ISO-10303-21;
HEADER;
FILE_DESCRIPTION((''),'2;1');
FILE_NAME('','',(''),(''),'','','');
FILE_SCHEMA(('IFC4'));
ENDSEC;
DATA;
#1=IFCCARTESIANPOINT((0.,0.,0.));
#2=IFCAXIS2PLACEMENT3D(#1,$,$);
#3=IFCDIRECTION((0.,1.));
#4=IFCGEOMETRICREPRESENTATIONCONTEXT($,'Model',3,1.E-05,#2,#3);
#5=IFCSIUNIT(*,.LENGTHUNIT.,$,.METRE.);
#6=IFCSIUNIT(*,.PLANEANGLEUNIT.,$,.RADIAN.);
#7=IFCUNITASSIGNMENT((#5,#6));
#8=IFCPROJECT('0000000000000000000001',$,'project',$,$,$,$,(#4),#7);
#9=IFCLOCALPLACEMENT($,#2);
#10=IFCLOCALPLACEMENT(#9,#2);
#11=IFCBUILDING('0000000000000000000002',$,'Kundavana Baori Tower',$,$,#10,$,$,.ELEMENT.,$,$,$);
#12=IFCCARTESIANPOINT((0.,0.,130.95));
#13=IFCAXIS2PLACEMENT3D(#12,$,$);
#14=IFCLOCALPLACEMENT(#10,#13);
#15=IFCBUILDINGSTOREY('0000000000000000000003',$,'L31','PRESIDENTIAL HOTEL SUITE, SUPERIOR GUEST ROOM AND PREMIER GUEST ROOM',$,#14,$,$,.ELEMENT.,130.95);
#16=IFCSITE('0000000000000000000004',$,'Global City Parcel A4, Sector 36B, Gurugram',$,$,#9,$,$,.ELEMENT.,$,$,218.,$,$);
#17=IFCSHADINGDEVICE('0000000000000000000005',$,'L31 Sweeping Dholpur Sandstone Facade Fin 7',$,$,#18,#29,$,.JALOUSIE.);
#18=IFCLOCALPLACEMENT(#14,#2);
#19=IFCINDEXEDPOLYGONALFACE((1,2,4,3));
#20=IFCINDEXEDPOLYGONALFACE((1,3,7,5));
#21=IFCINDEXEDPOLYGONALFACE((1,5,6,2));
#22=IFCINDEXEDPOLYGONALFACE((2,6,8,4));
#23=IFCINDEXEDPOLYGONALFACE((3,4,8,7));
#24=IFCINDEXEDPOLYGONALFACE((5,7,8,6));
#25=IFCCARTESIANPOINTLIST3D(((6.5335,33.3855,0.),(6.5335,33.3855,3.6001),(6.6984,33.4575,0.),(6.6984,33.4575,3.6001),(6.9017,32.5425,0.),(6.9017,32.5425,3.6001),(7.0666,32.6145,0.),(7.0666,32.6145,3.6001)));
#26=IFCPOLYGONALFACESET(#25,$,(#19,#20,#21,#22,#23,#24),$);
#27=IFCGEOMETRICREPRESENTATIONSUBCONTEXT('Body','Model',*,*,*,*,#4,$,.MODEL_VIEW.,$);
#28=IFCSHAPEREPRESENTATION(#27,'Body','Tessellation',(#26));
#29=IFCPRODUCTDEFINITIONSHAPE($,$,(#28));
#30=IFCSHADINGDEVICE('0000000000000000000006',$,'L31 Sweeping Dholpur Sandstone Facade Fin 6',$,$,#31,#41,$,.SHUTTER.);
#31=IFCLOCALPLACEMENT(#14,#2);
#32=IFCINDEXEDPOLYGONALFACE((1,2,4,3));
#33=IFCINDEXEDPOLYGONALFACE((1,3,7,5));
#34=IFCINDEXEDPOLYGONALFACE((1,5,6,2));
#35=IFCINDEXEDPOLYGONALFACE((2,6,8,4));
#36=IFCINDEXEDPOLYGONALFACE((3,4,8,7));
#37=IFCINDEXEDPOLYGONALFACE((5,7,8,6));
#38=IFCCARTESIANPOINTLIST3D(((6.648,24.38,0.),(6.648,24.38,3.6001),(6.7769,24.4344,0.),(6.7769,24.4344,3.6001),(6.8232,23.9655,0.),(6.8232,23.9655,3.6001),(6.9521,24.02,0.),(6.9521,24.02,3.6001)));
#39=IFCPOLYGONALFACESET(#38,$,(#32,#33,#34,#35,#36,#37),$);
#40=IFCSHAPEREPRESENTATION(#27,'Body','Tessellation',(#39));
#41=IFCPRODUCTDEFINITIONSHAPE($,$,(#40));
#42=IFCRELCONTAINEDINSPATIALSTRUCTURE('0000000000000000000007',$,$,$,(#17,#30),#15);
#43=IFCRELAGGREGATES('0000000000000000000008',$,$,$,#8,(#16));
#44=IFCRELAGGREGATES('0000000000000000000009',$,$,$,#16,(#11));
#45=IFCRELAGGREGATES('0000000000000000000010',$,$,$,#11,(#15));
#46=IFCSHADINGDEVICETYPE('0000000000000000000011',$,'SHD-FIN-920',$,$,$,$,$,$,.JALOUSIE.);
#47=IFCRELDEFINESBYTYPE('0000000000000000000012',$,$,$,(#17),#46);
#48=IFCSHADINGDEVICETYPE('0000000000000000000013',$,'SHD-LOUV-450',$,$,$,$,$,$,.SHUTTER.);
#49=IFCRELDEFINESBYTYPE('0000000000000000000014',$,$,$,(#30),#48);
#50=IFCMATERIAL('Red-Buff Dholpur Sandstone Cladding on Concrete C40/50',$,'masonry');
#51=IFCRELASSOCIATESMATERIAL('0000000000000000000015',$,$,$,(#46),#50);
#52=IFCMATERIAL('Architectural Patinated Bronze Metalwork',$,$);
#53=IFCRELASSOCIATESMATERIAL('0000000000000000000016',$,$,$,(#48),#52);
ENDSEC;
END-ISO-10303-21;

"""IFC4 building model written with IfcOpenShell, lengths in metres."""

from ifc_helpers import new_model, si_unit, direction, frame, origin, origin_2d, place, context, subcontext, project, spatial, rectangle, extrude, material, type_object, element, save


model = new_model("IFC4")

# Units and contexts
model_context = context("Model", 3, precision=1e-05, world=origin(), true_north=direction((0.0, 1.0)))
body_context = subcontext(model_context, "Body", "Model", "MODEL_VIEW")
ifc_project = project(units=[si_unit("LENGTHUNIT", "METRE"), si_unit("PLANEANGLEUNIT", "RADIAN")], contexts=[model_context])

# Site, building, storey
site_placement = place(None, origin())
site = spatial("IfcSite", under=ifc_project, at=site_placement, Name="Global City Parcel A4, Sector 36B, Gurugram", CompositionType="ELEMENT", RefElevation=218.0)
building_placement = place(site_placement, origin())
building = spatial("IfcBuilding", under=site, at=building_placement, Name="Kundavana Baori Tower", CompositionType="ELEMENT")
storey_placement = place(building_placement, frame((0.0, 0.0, 130.95)))
storey = spatial("IfcBuildingStorey", under=building, at=storey_placement, Name="L31", Description="PRESIDENTIAL HOTEL SUITE, SUPERIOR GUEST ROOM AND PREMIER GUEST ROOM", CompositionType="ELEMENT", Elevation=130.95)

# Shading devices
ifc_material_1 = material(Name="Red-Buff Dholpur Sandstone Cladding on Concrete C40/50", Category="masonry")
shading_device_type_1 = type_object("IfcShadingDeviceType", Name="SHD-FIN-920", PredefinedType="JALOUSIE", material=ifc_material_1)
shading_device_1_placement = place(storey_placement, frame((6.8, 33.0, 0.0), z_axis=(0.0, 0.0, 1.0), x_axis=(0.916433, 0.400189, 0.0)))
element("IfcShadingDevice", 1, at=shading_device_1_placement, inside=storey, type_object=shading_device_type_1, Name="L31 Sweeping Dholpur Sandstone Facade Fin 7", PredefinedType="JALOUSIE", context=body_context, shape_type="SweptSolid", body=[
    extrude(rectangle(XDim=0.1799, YDim=0.9199, at=origin_2d()), origin(), (0.0, 0.0, 1.0), 3.6001),
])
ifc_material_2 = material(Name="Architectural Patinated Bronze Metalwork")
shading_device_type_2 = type_object("IfcShadingDeviceType", Name="SHD-LOUV-450", PredefinedType="SHUTTER", material=ifc_material_2)
shading_device_2_placement = place(storey_placement, frame((6.8, 24.2, 0.0), z_axis=(0.0, 0.0, 1.0), x_axis=(0.921117, 0.389285, 0.0)))
element("IfcShadingDevice", 2, at=shading_device_2_placement, inside=storey, type_object=shading_device_type_2, Name="L31 Sweeping Dholpur Sandstone Facade Fin 6", PredefinedType="SHUTTER", context=body_context, shape_type="SweptSolid", body=[
    extrude(rectangle(XDim=0.1399, YDim=0.45, at=origin_2d()), origin(), (0.0, 0.0, 1.0), 3.6001),
])

save(model, "model.ifc")
